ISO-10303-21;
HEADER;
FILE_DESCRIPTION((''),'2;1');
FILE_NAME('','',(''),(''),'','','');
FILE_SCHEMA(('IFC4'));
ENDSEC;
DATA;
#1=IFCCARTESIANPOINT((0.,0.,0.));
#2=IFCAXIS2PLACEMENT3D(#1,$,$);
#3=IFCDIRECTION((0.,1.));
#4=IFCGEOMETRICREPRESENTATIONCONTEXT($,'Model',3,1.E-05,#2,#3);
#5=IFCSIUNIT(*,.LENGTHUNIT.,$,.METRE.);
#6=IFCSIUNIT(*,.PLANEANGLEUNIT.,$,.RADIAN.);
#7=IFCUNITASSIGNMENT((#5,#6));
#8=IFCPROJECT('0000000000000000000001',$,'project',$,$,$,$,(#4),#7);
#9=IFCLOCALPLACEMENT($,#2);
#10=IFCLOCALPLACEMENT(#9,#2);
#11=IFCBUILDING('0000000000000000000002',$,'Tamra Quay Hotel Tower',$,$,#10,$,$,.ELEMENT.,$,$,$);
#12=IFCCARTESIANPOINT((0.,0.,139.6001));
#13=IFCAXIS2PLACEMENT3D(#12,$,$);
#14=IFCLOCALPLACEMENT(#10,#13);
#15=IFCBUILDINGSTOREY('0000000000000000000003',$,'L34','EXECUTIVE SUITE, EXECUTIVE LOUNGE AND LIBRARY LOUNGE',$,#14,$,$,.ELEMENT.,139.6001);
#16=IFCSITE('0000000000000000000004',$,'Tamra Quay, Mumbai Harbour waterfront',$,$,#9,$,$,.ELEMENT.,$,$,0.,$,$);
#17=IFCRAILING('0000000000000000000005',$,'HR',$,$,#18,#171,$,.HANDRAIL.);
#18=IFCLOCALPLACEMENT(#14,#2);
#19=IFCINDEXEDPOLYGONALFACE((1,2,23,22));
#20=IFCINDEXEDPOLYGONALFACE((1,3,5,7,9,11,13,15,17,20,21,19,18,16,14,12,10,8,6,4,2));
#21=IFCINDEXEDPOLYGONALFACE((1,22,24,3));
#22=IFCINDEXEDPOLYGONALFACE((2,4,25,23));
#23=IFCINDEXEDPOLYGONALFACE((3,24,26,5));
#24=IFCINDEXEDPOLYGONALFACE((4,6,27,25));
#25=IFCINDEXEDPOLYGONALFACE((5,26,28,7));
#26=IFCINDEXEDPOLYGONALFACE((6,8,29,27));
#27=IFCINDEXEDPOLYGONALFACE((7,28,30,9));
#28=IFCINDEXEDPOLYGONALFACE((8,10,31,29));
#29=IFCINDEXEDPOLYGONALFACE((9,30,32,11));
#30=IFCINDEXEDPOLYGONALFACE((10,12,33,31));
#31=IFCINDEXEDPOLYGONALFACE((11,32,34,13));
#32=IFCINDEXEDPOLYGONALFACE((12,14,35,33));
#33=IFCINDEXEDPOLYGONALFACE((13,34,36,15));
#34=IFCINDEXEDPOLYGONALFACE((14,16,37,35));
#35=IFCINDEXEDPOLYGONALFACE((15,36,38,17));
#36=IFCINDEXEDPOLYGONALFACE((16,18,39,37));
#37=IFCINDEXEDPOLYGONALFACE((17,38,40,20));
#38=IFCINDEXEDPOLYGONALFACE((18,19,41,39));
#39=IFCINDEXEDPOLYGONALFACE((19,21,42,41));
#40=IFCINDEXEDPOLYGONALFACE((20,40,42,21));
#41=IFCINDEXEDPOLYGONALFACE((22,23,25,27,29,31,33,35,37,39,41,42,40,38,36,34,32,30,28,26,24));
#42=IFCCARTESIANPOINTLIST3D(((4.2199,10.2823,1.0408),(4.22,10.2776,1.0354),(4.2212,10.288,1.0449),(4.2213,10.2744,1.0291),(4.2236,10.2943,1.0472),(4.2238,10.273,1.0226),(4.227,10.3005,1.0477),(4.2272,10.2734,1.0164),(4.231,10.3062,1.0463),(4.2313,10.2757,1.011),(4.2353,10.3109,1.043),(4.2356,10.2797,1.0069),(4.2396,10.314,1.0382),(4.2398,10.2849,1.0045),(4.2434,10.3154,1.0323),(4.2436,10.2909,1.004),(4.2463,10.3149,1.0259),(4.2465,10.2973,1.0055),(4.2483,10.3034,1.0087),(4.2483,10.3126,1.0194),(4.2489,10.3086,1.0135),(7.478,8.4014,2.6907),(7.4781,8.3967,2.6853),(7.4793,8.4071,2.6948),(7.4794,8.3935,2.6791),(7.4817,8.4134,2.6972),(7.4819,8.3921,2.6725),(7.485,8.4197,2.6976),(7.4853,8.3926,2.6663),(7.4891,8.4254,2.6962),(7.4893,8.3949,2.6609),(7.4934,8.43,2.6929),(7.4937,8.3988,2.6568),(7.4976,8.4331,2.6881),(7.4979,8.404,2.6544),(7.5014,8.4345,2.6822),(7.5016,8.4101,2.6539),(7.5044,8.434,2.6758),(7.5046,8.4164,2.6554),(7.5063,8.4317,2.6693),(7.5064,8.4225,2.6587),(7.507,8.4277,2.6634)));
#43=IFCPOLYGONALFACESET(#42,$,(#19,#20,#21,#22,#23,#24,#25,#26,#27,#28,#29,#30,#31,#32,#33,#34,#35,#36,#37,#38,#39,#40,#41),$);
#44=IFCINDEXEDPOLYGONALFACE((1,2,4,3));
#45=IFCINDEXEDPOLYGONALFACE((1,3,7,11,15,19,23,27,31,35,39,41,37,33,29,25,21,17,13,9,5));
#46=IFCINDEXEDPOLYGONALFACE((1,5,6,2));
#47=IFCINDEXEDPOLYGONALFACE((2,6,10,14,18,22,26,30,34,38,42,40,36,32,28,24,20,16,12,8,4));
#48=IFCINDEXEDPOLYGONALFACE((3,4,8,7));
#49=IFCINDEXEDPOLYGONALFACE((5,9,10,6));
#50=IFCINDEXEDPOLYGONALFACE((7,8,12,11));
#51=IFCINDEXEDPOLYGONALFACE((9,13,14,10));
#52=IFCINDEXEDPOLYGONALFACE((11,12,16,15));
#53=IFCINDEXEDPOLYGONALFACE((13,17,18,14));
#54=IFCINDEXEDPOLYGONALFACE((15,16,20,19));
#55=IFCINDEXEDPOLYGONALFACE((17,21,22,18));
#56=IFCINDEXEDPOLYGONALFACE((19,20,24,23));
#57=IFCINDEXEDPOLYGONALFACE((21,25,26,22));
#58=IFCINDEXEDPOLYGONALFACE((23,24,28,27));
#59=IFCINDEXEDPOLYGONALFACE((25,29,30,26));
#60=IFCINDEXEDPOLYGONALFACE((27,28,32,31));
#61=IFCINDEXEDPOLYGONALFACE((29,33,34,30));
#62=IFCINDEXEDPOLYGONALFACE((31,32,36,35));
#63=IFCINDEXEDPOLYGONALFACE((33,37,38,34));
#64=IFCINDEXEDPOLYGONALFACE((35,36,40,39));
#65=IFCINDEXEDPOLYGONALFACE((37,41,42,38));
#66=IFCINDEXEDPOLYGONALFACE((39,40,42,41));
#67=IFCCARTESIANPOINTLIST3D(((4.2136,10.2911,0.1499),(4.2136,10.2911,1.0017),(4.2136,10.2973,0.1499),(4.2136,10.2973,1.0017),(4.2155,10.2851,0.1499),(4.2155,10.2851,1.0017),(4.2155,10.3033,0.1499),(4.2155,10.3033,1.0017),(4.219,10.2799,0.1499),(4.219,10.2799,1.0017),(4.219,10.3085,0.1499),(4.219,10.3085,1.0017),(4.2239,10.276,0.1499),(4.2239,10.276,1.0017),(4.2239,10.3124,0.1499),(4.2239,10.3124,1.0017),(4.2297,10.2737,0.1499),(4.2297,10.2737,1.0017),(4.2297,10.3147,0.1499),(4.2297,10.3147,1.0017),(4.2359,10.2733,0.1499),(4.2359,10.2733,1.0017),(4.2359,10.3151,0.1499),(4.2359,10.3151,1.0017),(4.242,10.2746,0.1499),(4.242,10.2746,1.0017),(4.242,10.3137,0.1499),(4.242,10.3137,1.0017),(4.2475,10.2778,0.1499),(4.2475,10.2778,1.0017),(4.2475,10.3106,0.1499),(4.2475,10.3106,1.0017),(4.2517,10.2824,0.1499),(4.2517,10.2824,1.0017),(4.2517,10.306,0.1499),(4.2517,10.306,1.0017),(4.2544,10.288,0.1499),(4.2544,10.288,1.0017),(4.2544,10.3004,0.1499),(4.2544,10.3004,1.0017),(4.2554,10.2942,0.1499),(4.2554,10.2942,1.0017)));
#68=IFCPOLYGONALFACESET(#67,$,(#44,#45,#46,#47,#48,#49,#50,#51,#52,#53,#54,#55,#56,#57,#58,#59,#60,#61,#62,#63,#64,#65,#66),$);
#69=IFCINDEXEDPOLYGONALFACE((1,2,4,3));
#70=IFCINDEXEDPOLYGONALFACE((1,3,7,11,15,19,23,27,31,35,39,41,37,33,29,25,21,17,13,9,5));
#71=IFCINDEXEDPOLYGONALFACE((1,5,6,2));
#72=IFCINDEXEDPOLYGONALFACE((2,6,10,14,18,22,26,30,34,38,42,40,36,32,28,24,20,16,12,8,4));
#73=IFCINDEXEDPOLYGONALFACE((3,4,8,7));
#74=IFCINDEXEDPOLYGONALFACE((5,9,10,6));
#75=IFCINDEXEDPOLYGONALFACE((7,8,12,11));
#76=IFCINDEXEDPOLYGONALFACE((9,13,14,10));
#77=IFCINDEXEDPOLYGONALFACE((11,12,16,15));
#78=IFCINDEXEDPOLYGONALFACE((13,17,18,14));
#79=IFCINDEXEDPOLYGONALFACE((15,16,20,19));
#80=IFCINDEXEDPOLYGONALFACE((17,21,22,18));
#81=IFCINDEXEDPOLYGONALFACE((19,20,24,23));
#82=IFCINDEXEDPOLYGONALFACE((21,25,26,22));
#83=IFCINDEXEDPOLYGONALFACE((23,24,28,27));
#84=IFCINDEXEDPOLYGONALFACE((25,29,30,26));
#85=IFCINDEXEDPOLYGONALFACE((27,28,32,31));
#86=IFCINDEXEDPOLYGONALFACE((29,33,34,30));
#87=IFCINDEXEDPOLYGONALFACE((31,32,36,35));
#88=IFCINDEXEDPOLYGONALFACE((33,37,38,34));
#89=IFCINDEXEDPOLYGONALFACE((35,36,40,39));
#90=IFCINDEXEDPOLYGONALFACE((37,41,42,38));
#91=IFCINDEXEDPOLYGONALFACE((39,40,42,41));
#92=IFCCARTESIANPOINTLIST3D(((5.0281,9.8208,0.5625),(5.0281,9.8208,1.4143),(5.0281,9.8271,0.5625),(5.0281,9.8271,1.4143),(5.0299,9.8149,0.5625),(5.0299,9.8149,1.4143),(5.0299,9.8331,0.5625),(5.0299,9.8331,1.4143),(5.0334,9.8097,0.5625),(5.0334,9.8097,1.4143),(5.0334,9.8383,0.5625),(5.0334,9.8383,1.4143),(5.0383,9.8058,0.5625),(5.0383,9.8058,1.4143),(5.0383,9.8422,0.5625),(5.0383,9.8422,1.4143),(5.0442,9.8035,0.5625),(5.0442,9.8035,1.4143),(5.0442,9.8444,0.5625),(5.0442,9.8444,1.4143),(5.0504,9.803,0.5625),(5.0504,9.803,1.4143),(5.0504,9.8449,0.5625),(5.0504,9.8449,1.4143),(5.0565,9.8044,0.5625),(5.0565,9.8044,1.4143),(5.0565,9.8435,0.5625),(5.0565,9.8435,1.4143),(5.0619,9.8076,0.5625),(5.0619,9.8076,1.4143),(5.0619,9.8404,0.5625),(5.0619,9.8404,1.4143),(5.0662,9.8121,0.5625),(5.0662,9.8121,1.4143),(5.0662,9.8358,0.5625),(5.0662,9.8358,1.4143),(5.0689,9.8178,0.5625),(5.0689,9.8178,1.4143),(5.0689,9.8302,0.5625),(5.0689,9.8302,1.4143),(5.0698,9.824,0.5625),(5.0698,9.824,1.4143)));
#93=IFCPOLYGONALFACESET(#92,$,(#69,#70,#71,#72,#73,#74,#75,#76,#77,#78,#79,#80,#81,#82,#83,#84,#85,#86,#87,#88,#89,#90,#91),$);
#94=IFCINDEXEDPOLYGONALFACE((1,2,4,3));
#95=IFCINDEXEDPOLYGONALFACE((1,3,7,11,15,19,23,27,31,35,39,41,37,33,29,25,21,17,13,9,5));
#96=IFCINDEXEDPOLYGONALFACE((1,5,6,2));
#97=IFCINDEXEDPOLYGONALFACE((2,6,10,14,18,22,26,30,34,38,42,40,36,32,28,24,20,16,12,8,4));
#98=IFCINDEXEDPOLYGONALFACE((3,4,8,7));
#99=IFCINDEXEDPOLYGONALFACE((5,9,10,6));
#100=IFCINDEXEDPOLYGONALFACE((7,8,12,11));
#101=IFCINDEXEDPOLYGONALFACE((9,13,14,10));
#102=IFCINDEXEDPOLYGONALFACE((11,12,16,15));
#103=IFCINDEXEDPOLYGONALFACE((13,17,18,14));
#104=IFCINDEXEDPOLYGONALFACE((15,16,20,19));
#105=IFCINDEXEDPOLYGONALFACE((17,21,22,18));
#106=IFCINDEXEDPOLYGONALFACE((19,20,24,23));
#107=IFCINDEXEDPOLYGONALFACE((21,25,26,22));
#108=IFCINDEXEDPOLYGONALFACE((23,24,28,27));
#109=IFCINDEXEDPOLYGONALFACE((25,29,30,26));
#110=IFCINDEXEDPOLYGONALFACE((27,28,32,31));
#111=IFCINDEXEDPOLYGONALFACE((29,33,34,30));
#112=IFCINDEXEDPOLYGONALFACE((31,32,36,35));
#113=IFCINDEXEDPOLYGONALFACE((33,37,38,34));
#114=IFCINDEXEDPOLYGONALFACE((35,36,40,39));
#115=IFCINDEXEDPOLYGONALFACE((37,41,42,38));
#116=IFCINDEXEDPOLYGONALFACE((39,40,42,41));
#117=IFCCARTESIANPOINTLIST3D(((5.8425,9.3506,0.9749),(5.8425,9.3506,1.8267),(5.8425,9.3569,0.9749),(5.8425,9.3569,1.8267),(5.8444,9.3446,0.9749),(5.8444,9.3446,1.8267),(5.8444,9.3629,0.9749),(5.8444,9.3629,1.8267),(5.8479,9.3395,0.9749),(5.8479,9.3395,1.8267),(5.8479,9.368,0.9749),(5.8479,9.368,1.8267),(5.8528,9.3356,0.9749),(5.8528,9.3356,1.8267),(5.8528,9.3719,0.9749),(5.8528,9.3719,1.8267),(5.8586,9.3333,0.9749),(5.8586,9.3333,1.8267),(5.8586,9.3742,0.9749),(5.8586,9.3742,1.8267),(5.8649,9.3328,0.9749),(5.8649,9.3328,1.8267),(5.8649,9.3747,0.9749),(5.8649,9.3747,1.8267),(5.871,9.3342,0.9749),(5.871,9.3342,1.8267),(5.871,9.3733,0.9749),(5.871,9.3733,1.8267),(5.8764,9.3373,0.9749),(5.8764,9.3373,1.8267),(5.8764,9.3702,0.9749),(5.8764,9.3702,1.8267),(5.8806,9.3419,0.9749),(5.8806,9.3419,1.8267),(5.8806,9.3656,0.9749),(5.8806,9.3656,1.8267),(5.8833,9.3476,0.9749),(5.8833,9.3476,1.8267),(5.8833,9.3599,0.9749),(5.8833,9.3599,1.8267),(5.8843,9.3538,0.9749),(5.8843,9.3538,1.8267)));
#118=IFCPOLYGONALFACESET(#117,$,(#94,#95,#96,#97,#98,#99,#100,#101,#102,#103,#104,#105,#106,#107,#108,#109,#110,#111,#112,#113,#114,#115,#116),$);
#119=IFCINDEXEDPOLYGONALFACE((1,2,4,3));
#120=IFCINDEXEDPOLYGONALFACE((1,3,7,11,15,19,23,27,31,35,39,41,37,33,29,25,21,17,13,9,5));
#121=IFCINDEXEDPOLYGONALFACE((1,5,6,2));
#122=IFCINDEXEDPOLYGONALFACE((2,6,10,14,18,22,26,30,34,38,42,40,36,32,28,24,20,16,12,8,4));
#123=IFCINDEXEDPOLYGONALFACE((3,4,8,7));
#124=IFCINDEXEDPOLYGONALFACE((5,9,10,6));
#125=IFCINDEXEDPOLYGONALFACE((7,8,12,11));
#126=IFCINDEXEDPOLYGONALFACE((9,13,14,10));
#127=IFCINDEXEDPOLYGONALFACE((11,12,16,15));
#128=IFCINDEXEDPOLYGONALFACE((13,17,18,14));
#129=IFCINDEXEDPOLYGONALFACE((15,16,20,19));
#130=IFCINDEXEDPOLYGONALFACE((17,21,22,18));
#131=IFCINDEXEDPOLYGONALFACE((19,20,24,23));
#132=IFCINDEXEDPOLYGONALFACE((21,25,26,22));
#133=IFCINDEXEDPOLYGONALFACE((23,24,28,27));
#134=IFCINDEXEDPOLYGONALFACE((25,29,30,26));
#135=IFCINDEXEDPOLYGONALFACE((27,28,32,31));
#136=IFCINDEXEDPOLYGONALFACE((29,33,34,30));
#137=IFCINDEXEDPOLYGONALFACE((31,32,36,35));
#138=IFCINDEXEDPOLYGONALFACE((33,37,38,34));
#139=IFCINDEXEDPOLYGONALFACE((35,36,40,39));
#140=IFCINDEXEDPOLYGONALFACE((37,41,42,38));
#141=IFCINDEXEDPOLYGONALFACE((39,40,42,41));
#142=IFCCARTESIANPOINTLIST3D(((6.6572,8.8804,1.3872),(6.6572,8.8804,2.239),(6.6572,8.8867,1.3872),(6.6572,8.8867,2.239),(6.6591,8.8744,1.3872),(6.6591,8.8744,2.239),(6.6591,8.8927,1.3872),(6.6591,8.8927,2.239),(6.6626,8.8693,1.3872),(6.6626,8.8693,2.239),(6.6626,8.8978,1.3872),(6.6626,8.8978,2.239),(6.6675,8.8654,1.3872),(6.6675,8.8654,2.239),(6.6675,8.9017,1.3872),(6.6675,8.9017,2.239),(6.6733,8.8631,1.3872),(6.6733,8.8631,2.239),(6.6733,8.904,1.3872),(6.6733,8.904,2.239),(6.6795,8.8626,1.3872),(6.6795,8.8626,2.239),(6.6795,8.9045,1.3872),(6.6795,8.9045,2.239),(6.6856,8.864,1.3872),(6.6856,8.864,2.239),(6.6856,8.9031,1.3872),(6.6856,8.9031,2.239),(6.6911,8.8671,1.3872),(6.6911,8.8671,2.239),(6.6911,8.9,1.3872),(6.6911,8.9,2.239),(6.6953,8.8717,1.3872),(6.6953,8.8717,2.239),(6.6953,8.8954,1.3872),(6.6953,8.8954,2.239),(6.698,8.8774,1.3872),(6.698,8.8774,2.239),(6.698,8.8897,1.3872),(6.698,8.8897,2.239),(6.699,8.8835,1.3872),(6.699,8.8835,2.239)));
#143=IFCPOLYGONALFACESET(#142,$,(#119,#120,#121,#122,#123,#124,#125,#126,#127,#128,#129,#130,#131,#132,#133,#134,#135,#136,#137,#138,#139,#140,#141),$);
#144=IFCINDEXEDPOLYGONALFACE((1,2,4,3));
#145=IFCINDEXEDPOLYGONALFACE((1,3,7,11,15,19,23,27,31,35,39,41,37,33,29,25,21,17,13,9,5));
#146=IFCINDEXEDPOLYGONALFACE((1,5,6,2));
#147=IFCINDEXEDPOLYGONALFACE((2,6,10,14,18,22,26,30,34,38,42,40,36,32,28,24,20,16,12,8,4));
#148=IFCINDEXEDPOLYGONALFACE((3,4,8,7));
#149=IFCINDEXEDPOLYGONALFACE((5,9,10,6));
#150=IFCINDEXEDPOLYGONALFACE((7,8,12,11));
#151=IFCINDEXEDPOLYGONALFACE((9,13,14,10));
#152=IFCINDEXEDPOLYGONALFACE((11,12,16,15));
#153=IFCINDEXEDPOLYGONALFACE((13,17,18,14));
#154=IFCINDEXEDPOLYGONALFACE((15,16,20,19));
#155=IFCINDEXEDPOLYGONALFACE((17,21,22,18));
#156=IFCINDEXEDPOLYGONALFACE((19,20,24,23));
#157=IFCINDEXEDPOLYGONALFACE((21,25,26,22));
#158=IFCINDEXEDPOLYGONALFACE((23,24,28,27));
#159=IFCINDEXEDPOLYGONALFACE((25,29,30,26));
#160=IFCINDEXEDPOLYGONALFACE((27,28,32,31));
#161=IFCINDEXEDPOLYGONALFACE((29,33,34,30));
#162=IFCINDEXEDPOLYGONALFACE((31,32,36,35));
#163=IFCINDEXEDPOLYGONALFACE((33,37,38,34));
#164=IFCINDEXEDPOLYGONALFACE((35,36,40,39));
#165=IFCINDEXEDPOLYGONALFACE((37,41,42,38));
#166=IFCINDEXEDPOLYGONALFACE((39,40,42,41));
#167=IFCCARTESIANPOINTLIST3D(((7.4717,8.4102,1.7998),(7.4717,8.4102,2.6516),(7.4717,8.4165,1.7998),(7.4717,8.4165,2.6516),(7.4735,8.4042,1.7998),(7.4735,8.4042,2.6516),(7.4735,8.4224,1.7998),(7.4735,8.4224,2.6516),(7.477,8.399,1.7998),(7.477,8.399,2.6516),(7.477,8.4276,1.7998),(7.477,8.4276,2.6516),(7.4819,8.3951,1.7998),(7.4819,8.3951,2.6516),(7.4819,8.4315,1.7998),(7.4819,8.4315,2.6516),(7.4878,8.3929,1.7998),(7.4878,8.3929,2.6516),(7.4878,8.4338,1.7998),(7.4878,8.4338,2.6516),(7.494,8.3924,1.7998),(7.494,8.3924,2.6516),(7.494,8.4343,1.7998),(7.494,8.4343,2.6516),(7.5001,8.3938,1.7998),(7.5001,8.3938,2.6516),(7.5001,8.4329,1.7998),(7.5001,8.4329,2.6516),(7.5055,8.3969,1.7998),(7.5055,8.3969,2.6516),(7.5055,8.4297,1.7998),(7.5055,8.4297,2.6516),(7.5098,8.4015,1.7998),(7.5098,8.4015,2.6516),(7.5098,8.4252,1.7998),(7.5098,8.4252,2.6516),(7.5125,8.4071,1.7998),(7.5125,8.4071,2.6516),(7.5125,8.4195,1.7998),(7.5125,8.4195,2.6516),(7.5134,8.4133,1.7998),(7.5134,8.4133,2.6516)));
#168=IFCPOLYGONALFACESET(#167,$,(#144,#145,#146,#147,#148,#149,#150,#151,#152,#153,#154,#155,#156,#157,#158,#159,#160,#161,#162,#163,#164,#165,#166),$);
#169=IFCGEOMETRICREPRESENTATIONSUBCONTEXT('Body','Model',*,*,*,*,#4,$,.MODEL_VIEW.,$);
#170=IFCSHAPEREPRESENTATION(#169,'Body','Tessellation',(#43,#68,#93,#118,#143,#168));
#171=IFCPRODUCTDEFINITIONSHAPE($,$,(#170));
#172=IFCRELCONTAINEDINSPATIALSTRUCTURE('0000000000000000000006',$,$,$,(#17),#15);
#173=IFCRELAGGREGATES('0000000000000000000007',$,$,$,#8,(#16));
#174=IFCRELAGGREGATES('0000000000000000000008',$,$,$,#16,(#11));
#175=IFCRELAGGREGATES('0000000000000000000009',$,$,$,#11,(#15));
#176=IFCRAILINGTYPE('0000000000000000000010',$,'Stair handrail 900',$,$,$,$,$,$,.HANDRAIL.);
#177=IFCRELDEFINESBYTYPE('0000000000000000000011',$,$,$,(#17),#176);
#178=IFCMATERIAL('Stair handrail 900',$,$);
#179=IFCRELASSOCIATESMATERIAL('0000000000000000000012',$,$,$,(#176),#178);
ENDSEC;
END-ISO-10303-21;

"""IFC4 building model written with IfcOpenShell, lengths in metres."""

from ifc_helpers import new_model, si_unit, direction, frame, origin, origin_2d, place, context, subcontext, project, spatial, circle, extrude, material, type_object, element, save


model = new_model("IFC4")

# Units and contexts
model_context = context("Model", 3, precision=1e-05, world=origin(), true_north=direction((0.0, 1.0)))
body_context = subcontext(model_context, "Body", "Model", "MODEL_VIEW")
ifc_project = project(units=[si_unit("LENGTHUNIT", "METRE"), si_unit("PLANEANGLEUNIT", "RADIAN")], contexts=[model_context])

# Site, building, storey
site_placement = place(None, origin())
site = spatial("IfcSite", under=ifc_project, at=site_placement, Name="Tamra Quay, Mumbai Harbour waterfront", CompositionType="ELEMENT", RefElevation=0.0)
building_placement = place(site_placement, origin())
building = spatial("IfcBuilding", under=site, at=building_placement, Name="Tamra Quay Hotel Tower", CompositionType="ELEMENT")
storey_placement = place(building_placement, frame((0.0, 0.0, 139.6001)))
storey = spatial("IfcBuildingStorey", under=building, at=storey_placement, Name="L34", Description="EXECUTIVE SUITE, EXECUTIVE LOUNGE AND LIBRARY LOUNGE", CompositionType="ELEMENT", Elevation=139.6001)

# Railing
ifc_material_1 = material(Name="Stair handrail 900")
railing_type = type_object("IfcRailingType", Name="Stair handrail 900", PredefinedType="HANDRAIL", material=ifc_material_1)
railing_placement = place(storey_placement, frame((4.2344, 10.2942, 0.1499)))
element("IfcRailing", 1, at=railing_placement, inside=storey, type_object=railing_type, Name="HR", PredefinedType="HANDRAIL", context=body_context, shape_type="SweptSolid", body=[
    extrude(circle(Radius=0.0239, at=origin_2d()), frame((0.0, 0.0, 0.876), z_axis=(0.793122, -0.457865, 0.401642), x_axis=(0.499964, 0.866046, 0.0)), (0.0, 0.0, 1.0), 4.1079),
    extrude(circle(Radius=0.021, at=origin_2d()), origin(), (0.0, 0.0, 1.0), 0.8518),
    extrude(circle(Radius=0.021, at=origin_2d()), frame((0.8145, -0.4702, 0.4126)), (0.0, 0.0, 1.0), 0.8518),
    extrude(circle(Radius=0.021, at=origin_2d()), frame((1.6289, -0.9404, 0.825)), (0.0, 0.0, 1.0), 0.8518),
    extrude(circle(Radius=0.021, at=origin_2d()), frame((2.4436, -1.4106, 1.2373)), (0.0, 0.0, 1.0), 0.8518),
    extrude(circle(Radius=0.021, at=origin_2d()), frame((3.2581, -1.8809, 1.6499)), (0.0, 0.0, 1.0), 0.8518),
])

save(model, "model.ifc")
